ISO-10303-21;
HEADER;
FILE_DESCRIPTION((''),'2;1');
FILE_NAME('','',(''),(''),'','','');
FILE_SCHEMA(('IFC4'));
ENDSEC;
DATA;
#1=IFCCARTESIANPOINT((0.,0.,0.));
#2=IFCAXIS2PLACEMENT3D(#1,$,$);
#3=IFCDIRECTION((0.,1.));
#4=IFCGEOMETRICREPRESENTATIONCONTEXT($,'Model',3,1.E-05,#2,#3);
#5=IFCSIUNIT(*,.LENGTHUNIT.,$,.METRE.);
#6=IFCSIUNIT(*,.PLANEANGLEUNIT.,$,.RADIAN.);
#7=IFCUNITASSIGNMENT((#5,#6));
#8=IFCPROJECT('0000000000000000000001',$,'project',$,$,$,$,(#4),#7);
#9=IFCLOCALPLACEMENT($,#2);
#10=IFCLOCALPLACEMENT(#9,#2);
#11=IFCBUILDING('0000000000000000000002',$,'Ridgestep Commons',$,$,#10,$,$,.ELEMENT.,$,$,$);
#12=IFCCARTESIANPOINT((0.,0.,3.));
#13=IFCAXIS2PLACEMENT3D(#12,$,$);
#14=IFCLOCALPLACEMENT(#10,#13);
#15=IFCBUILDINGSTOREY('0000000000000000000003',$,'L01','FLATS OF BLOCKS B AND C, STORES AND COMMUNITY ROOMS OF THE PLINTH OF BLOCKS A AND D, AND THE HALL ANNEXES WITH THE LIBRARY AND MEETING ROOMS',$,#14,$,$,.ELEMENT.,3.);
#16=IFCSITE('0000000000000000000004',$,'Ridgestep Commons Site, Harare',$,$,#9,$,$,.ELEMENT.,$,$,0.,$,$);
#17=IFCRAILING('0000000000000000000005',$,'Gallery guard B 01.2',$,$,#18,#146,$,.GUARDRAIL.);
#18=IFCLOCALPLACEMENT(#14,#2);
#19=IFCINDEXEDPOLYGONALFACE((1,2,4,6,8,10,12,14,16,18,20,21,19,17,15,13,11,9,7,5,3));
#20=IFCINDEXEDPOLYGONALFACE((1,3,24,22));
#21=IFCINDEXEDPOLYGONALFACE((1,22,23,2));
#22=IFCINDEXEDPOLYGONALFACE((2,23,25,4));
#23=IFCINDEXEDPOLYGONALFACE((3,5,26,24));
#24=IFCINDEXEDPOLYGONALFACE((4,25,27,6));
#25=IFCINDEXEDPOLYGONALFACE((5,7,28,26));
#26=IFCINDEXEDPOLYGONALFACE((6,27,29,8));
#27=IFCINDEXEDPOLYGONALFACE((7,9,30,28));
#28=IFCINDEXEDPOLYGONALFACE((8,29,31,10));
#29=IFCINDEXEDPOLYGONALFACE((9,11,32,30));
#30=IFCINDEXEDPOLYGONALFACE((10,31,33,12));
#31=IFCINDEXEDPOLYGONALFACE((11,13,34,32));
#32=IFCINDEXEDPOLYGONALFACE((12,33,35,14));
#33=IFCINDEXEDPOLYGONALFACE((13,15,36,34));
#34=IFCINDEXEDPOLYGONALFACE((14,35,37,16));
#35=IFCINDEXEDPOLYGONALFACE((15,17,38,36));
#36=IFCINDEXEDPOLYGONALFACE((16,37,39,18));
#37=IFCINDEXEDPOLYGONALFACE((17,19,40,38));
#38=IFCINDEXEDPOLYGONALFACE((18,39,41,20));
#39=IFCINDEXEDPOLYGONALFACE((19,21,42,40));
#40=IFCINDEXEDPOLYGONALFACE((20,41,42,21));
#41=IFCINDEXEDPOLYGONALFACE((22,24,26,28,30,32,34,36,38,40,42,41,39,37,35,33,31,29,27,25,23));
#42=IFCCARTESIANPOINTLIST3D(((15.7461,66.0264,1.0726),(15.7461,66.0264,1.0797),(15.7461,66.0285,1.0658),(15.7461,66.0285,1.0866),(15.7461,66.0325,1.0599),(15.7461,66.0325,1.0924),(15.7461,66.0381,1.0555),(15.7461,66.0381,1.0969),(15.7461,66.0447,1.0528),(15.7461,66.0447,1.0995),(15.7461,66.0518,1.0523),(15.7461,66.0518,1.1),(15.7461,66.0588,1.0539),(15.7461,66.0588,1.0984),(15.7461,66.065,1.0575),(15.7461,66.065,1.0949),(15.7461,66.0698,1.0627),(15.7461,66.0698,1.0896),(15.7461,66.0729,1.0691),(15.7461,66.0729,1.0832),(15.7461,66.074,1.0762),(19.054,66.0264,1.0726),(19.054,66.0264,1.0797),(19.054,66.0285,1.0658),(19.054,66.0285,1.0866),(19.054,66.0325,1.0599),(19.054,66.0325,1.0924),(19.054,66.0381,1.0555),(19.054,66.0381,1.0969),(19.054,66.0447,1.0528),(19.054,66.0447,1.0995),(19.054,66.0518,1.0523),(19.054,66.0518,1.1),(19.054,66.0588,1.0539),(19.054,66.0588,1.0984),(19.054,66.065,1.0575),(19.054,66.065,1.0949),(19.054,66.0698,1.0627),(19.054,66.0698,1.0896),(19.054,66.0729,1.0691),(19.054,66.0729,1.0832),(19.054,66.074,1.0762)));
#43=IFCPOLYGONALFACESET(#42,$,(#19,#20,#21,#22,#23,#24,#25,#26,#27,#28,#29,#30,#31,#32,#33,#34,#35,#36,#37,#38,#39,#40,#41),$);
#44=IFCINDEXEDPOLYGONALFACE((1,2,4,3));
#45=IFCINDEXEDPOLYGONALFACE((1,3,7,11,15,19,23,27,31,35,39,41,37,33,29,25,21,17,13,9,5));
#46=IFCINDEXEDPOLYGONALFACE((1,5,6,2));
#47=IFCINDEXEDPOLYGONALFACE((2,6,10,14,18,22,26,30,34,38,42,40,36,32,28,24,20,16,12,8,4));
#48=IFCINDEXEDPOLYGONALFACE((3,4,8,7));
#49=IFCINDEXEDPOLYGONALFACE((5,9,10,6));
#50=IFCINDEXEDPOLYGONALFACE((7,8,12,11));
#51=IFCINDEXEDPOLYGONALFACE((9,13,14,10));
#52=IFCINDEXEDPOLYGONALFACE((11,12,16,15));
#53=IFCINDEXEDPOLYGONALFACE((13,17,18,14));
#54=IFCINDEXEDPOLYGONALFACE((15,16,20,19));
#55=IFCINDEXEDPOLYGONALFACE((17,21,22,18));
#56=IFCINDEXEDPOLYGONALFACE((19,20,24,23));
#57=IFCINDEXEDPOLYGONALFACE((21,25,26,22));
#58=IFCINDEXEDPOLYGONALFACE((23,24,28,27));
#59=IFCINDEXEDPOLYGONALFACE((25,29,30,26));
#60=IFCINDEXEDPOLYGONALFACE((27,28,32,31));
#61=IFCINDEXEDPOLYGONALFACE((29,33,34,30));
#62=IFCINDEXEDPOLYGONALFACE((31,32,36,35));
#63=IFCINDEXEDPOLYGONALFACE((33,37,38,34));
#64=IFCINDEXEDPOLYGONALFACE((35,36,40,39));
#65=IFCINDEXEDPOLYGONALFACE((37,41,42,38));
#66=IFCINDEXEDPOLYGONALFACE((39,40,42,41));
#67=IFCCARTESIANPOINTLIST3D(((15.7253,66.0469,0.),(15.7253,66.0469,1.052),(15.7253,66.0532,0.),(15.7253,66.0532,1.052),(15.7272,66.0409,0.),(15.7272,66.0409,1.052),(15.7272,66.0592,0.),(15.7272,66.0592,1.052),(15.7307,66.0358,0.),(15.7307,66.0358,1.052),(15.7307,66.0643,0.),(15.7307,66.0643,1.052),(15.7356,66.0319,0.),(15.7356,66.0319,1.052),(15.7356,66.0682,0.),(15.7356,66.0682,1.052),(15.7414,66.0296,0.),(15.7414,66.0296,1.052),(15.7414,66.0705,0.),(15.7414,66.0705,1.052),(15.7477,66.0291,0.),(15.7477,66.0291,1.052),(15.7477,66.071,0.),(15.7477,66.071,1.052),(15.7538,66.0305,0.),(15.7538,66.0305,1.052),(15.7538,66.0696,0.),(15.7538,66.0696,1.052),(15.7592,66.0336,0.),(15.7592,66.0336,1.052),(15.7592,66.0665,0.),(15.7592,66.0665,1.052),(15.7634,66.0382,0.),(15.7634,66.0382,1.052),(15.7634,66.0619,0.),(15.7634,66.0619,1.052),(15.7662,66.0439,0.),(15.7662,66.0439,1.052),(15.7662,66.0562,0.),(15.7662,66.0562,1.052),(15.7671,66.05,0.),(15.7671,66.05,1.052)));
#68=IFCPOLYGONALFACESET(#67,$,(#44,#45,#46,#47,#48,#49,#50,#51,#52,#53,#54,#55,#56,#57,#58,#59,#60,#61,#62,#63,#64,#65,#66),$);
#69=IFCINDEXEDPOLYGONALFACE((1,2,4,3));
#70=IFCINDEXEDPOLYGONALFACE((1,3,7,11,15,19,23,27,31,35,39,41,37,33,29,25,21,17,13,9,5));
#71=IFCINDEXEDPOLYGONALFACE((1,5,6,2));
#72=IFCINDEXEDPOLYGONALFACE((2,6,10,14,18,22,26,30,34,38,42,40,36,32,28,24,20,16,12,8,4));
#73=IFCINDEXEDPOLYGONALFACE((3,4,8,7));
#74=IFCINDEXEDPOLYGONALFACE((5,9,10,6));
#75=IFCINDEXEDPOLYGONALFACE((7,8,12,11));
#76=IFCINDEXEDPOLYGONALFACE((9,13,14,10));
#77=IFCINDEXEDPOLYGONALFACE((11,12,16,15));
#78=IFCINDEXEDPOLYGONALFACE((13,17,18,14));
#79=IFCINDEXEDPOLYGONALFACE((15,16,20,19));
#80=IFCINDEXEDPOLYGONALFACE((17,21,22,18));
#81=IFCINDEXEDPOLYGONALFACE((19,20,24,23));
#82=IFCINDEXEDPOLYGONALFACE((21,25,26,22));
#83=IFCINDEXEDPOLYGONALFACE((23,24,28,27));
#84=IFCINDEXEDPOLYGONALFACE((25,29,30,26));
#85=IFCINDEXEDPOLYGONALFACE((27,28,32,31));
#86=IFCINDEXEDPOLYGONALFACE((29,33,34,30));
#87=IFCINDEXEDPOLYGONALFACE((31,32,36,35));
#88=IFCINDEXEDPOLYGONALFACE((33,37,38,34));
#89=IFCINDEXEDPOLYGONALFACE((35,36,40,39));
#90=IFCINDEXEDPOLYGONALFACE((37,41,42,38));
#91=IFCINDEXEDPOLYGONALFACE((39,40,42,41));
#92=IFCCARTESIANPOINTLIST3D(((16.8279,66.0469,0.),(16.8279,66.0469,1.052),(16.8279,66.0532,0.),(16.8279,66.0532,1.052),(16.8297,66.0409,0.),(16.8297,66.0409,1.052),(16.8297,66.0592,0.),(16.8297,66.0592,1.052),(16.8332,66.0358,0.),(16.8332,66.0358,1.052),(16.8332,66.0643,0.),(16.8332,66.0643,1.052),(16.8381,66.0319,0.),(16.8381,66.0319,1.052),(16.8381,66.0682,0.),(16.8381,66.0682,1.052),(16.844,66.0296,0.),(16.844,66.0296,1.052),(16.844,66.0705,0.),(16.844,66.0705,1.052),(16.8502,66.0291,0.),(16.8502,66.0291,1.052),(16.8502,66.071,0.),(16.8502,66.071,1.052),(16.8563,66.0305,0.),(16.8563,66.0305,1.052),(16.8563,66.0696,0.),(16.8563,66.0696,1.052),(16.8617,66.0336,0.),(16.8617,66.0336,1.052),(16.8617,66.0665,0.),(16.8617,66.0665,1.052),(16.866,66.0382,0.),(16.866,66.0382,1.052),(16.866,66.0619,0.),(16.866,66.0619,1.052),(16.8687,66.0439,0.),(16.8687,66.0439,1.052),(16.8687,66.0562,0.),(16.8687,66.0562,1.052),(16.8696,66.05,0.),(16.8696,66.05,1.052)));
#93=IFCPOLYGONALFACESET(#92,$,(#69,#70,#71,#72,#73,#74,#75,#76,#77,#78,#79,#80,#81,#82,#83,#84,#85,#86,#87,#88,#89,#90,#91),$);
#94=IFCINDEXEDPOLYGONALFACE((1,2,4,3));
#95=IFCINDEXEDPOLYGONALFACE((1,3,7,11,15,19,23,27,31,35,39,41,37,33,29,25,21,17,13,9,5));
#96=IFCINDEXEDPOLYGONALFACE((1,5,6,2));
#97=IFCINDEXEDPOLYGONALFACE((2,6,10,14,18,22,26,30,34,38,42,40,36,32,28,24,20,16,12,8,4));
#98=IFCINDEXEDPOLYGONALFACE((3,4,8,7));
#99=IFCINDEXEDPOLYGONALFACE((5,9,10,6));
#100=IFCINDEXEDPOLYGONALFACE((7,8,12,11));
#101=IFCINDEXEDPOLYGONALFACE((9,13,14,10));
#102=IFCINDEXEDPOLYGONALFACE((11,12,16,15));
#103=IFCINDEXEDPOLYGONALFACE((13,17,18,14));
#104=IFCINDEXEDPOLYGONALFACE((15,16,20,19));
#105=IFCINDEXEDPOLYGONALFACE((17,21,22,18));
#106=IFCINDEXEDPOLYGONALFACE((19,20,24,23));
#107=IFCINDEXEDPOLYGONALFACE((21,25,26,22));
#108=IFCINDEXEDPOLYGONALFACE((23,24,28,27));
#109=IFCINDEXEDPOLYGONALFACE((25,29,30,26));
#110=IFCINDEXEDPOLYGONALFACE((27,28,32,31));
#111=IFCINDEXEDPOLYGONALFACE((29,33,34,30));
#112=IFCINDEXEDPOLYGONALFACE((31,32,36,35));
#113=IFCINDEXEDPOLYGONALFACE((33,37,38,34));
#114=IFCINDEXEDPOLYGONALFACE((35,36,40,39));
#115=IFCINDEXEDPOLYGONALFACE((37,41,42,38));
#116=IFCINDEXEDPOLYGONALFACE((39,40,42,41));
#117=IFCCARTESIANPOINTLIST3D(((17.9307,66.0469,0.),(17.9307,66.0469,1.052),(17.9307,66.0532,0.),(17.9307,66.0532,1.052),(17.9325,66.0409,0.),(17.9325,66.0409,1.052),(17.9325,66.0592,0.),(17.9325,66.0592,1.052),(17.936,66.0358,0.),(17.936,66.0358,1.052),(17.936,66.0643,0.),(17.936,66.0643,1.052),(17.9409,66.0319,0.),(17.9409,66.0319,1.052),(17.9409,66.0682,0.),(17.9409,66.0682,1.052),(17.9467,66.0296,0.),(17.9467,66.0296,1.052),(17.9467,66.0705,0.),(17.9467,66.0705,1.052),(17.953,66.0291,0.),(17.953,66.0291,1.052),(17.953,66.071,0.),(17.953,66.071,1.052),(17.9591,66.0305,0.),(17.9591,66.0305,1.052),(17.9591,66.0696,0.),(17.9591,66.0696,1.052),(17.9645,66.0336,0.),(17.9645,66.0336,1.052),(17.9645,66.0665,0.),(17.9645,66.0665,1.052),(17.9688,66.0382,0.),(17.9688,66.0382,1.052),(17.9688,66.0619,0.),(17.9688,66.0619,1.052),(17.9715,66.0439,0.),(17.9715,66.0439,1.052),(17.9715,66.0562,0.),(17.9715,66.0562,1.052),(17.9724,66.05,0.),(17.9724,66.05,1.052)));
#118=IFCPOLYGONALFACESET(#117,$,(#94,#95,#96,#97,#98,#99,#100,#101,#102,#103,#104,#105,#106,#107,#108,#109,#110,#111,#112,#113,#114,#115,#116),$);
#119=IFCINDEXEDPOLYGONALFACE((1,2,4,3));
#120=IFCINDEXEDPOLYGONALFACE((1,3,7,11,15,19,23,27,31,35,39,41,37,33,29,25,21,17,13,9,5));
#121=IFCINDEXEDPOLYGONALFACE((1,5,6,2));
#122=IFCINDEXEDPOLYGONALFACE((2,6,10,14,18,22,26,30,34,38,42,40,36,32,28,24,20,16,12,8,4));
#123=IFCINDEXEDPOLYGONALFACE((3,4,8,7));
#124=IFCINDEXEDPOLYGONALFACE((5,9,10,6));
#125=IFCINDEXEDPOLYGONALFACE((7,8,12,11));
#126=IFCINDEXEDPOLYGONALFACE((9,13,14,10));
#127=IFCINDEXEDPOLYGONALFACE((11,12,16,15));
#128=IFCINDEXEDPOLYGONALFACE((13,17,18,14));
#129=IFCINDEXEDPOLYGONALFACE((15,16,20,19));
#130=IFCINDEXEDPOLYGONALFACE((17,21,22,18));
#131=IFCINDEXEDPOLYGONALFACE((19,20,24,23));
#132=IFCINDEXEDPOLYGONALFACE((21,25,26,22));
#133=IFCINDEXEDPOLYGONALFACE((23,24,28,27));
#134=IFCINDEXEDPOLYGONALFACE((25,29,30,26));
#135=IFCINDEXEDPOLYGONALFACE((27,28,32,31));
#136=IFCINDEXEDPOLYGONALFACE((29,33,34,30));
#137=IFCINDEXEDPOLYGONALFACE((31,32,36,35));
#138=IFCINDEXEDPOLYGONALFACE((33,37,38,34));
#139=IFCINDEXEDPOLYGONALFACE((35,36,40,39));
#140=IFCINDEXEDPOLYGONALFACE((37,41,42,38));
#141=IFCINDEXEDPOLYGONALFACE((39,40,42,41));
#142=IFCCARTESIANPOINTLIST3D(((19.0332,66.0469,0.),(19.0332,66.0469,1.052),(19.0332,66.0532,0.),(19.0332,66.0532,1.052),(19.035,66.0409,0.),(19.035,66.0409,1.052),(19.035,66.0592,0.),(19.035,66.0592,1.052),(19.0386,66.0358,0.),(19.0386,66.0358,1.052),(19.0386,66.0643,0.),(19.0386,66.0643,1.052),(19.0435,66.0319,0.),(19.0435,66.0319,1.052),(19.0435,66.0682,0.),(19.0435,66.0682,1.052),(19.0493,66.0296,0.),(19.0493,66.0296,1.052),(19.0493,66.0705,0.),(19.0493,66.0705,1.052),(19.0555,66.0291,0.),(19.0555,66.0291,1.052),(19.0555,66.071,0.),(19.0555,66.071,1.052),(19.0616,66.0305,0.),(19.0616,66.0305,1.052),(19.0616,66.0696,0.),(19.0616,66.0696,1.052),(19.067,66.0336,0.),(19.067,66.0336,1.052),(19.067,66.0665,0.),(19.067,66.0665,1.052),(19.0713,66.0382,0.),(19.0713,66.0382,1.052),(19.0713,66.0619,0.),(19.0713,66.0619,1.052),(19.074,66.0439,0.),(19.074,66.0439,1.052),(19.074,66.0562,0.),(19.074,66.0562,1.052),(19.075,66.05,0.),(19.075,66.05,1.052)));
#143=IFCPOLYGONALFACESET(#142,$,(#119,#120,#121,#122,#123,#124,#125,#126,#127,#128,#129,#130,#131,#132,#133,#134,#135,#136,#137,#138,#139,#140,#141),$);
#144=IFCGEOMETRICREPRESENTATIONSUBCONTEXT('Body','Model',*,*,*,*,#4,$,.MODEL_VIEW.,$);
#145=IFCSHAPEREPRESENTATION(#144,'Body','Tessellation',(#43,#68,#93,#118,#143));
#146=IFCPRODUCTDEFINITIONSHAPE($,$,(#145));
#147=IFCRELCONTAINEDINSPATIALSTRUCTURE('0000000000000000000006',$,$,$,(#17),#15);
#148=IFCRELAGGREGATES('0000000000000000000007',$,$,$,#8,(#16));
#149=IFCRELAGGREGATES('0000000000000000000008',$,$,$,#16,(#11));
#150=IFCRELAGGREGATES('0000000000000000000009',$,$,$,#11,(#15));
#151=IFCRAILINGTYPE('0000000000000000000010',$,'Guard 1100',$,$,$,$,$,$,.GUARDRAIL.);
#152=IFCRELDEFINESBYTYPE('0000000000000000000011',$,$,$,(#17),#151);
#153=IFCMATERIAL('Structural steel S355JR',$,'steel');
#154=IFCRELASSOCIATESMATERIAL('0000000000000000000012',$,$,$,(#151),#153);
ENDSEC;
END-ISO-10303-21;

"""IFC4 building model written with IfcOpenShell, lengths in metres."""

from ifc_helpers import new_model, si_unit, direction, frame, origin, origin_2d, place, context, subcontext, project, spatial, circle, extrude, material, type_object, element, save


model = new_model("IFC4")

# Units and contexts
model_context = context("Model", 3, precision=1e-05, world=origin(), true_north=direction((0.0, 1.0)))
body_context = subcontext(model_context, "Body", "Model", "MODEL_VIEW")
ifc_project = project(units=[si_unit("LENGTHUNIT", "METRE"), si_unit("PLANEANGLEUNIT", "RADIAN")], contexts=[model_context])

# Site, building, storey
site_placement = place(None, origin())
site = spatial("IfcSite", under=ifc_project, at=site_placement, Name="Ridgestep Commons Site, Harare", CompositionType="ELEMENT", RefElevation=0.0)
building_placement = place(site_placement, origin())
building = spatial("IfcBuilding", under=site, at=building_placement, Name="Ridgestep Commons", CompositionType="ELEMENT")
storey_placement = place(building_placement, frame((0.0, 0.0, 3.0)))
storey = spatial("IfcBuildingStorey", under=building, at=storey_placement, Name="L01", Description="FLATS OF BLOCKS B AND C, STORES AND COMMUNITY ROOMS OF THE PLINTH OF BLOCKS A AND D, AND THE HALL ANNEXES WITH THE LIBRARY AND MEETING ROOMS", CompositionType="ELEMENT", Elevation=3.0)

# Railing
ifc_material_1 = material(Name="Structural steel S355JR", Category="steel")
railing_type = type_object("IfcRailingType", Name="Guard 1100", PredefinedType="GUARDRAIL", material=ifc_material_1)
railing_1_placement = place(storey_placement, frame((15.7461, 66.05, 0.0)))
element("IfcRailing", 1, at=railing_1_placement, inside=storey, type_object=railing_type, Name="Gallery guard B 01.2", PredefinedType="GUARDRAIL", context=body_context, shape_type="SweptSolid", body=[
    extrude(circle(Radius=0.0239, at=origin_2d()), frame((0.0, 0.0, 1.0762), z_axis=(1.0, 0.0, 0.0), x_axis=(0.0, 1.0, 0.0)), (0.0, 0.0, 1.0), 3.3079),
    extrude(circle(Radius=0.021, at=origin_2d()), origin(), (0.0, 0.0, 1.0), 1.052),
    extrude(circle(Radius=0.021, at=origin_2d()), frame((1.1025, 0.0, 0.0)), (0.0, 0.0, 1.0), 1.052),
    extrude(circle(Radius=0.021, at=origin_2d()), frame((2.2053, 0.0, 0.0)), (0.0, 0.0, 1.0), 1.052),
    extrude(circle(Radius=0.021, at=origin_2d()), frame((3.3079, 0.0, 0.0)), (0.0, 0.0, 1.0), 1.052),
])

save(model, "model.ifc")
